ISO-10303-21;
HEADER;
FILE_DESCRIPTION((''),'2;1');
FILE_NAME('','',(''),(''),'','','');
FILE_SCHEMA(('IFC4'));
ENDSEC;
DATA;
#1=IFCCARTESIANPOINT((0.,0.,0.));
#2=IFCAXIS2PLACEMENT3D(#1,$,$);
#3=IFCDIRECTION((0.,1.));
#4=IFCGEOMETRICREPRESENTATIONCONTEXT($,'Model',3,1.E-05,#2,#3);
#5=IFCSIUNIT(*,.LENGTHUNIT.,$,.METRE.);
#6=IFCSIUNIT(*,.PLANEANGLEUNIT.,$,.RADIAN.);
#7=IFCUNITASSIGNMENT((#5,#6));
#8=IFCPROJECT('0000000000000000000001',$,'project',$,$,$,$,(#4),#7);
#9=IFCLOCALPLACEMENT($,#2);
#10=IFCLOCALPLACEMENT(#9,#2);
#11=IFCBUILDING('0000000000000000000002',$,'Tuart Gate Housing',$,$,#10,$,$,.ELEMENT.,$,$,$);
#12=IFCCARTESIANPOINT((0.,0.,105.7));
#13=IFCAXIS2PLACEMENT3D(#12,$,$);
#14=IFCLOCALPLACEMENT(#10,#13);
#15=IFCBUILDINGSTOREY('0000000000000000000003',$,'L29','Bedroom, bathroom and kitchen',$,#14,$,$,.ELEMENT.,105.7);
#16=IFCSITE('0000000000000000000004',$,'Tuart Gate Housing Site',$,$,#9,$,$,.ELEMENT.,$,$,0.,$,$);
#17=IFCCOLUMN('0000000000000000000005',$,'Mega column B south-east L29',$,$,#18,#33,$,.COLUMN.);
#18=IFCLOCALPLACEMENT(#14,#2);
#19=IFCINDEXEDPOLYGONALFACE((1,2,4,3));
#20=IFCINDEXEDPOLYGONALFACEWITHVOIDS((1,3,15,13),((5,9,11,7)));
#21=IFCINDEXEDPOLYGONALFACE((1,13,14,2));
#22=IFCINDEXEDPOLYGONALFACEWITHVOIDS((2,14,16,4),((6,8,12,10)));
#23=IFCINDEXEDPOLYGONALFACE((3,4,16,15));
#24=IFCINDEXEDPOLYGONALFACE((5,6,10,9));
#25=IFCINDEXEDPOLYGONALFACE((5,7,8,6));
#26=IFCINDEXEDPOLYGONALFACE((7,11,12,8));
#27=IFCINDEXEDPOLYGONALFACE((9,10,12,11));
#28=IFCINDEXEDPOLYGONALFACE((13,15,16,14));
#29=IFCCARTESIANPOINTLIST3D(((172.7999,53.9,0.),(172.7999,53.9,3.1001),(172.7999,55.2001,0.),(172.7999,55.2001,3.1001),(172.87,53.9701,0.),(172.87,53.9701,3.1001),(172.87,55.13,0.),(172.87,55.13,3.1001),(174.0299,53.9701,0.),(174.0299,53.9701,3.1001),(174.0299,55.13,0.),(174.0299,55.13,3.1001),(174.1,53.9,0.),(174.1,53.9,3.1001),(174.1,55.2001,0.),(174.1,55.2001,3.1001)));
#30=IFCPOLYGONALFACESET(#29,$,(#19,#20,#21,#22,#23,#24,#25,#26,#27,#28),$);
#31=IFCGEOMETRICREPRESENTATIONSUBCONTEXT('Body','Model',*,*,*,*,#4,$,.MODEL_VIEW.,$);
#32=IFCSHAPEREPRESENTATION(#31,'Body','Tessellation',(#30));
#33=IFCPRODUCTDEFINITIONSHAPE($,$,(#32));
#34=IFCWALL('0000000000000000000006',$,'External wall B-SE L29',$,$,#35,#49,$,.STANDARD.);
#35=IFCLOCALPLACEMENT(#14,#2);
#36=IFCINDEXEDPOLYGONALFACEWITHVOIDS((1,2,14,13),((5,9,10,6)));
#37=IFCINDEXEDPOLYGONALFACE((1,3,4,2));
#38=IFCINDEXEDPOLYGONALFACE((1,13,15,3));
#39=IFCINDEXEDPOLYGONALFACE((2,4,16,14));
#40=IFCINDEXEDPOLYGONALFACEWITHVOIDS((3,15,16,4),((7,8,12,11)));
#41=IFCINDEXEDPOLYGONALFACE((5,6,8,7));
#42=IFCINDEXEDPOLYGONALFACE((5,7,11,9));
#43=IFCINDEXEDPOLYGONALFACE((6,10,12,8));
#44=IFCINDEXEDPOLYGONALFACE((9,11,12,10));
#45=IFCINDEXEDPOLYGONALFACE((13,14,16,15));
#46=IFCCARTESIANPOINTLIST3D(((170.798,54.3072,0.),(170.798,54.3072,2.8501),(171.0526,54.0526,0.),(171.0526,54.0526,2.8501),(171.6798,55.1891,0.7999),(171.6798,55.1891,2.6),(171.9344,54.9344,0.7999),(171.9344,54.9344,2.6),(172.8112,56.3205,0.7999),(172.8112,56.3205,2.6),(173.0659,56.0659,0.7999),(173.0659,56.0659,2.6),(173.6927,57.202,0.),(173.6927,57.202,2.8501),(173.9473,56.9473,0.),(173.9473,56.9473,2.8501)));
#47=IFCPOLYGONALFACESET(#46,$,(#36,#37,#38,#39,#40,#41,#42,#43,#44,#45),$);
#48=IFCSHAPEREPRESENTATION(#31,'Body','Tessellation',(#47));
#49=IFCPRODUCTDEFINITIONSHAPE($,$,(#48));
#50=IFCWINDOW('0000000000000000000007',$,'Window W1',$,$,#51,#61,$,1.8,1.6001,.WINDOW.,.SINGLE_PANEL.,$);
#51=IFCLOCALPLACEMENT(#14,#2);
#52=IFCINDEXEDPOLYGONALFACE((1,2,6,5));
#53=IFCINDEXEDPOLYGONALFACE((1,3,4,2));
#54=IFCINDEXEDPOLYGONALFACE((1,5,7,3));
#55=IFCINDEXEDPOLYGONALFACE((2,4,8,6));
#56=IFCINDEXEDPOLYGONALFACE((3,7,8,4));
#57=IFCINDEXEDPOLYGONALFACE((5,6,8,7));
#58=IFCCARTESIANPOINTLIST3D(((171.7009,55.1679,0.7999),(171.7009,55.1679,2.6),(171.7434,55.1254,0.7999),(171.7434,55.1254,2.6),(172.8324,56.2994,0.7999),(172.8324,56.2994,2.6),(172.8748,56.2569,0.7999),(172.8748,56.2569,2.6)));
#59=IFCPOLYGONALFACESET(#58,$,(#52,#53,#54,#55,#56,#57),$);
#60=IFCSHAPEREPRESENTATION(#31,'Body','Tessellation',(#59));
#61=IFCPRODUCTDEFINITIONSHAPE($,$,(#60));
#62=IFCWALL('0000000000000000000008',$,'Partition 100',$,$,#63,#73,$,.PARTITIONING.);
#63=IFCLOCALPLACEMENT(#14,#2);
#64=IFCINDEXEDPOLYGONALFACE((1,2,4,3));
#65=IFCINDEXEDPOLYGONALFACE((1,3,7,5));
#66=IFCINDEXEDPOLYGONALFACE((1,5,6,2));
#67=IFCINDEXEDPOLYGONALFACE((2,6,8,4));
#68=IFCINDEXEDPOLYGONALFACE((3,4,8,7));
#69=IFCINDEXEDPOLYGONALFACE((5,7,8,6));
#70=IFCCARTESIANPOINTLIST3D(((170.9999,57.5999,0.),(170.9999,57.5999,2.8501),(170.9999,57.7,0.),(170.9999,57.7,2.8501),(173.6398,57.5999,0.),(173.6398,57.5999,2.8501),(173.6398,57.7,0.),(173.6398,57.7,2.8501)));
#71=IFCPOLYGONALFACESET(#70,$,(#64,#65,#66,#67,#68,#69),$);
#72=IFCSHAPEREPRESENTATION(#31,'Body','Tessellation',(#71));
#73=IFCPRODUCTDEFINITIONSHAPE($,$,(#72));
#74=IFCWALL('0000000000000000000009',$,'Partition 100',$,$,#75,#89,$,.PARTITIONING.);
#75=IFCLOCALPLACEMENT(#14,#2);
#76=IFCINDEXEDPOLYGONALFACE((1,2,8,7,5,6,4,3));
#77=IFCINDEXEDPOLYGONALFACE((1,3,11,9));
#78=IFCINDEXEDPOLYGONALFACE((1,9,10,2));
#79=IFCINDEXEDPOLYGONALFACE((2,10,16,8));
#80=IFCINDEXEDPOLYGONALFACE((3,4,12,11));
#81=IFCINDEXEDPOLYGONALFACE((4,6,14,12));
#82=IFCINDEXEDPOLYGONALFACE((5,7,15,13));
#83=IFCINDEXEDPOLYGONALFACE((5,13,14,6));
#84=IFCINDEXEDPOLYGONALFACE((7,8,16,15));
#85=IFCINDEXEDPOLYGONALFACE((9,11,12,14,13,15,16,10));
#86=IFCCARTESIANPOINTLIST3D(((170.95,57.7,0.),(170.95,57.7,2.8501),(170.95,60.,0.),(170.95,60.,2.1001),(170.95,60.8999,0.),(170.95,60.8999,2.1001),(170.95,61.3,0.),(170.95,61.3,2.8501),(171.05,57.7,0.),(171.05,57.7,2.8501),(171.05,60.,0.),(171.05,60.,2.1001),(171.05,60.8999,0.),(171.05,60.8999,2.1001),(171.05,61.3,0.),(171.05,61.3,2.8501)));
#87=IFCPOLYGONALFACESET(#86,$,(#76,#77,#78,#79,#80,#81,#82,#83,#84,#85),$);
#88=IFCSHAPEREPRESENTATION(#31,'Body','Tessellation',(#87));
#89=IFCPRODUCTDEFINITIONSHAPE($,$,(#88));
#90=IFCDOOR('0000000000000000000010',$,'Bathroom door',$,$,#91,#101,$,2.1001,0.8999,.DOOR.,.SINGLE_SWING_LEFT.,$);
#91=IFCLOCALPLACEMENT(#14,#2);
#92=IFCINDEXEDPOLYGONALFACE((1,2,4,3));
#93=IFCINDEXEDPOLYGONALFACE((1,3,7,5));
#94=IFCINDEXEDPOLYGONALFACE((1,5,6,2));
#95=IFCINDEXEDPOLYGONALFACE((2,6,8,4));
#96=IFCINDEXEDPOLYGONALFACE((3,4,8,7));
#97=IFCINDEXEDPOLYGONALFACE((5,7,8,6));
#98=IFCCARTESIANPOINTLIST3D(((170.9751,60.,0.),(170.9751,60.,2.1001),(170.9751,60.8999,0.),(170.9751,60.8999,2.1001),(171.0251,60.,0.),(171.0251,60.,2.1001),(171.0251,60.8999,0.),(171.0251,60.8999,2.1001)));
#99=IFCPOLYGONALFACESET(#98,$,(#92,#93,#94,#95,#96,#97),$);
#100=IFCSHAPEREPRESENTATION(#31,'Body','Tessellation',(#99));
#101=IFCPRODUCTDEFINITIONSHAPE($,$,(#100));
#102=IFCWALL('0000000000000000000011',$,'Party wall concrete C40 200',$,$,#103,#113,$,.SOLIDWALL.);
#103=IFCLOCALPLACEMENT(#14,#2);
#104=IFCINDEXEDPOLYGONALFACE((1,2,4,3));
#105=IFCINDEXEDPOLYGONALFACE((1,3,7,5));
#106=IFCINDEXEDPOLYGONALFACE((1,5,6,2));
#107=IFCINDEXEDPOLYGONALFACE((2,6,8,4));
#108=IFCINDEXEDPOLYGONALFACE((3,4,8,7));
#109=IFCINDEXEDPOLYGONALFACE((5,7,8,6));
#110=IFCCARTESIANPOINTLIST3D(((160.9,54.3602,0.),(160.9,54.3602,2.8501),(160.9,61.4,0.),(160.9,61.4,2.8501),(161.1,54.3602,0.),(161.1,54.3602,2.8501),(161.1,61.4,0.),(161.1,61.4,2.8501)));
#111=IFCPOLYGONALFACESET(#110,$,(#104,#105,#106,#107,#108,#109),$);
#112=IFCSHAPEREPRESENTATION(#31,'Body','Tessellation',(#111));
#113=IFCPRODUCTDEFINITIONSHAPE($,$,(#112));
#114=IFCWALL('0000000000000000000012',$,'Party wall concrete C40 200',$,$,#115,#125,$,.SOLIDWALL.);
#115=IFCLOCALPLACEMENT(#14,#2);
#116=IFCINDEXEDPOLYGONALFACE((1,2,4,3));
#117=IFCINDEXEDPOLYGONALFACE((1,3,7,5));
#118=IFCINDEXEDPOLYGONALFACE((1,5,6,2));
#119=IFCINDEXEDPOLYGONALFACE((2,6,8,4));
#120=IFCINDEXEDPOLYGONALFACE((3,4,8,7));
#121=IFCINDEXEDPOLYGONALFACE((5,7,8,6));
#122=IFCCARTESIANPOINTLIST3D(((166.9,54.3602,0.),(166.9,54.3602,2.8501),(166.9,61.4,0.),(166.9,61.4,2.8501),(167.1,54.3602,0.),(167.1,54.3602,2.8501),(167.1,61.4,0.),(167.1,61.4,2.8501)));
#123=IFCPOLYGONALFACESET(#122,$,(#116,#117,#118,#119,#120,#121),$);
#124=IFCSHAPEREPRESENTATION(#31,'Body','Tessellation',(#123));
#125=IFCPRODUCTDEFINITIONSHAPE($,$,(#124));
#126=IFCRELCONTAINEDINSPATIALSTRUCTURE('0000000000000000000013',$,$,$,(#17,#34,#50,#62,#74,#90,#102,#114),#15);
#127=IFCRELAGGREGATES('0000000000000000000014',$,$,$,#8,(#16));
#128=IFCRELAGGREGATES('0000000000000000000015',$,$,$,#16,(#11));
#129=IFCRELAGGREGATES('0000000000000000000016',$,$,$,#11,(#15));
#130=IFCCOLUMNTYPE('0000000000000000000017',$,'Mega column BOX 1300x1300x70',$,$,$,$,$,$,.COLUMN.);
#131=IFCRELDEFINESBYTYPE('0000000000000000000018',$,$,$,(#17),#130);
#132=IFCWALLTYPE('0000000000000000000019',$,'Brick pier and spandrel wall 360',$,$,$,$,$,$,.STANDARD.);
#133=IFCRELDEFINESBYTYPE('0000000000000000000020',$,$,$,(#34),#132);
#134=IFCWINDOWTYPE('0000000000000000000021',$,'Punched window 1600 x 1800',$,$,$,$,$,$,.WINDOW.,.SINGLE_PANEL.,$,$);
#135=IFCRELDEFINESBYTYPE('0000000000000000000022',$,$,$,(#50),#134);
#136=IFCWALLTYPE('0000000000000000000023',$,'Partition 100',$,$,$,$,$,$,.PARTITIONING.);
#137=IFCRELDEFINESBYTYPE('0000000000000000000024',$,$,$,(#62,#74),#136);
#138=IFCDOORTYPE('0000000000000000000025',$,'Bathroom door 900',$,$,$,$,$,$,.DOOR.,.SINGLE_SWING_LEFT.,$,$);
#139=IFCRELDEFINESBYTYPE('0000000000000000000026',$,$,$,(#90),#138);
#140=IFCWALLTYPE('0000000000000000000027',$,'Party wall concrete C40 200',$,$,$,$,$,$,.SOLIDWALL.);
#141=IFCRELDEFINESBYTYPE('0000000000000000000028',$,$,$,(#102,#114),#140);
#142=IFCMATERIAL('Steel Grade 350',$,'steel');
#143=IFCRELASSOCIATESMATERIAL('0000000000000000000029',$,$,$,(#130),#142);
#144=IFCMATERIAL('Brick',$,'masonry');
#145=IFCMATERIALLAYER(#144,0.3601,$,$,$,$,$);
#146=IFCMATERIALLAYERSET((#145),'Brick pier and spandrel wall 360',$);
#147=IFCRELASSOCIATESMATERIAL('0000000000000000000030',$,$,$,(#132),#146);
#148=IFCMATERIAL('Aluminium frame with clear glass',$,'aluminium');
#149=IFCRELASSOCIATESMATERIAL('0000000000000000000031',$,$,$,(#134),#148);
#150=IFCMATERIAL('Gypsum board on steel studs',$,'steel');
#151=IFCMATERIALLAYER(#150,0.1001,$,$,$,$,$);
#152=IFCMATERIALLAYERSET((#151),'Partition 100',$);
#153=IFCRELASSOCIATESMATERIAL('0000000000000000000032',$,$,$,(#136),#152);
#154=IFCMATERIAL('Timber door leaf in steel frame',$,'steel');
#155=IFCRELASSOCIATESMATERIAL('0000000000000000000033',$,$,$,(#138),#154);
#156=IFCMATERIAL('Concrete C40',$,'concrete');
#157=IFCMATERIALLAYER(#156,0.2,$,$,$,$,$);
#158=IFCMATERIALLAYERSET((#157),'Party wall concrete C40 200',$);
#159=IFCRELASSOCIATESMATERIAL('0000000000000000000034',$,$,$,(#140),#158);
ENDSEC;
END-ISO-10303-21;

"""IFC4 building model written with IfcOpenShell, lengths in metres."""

from ifc_helpers import new_model, si_unit, direction, frame, frame_2d, origin, origin_2d, place, context, subcontext, project, spatial, rectangle, hollow_rectangle, extrude, material, layer, layer_set, material_profile, profile_set, type_object, element, fill, save


model = new_model("IFC4")

# Units and contexts
model_context = context("Model", 3, precision=1e-05, world=origin(), true_north=direction((0.0, 1.0)))
body_context = subcontext(model_context, "Body", "Model", "MODEL_VIEW")
ifc_project = project(units=[si_unit("LENGTHUNIT", "METRE"), si_unit("PLANEANGLEUNIT", "RADIAN")], contexts=[model_context])

# Site, building, storey
site_placement = place(None, origin())
site = spatial("IfcSite", under=ifc_project, at=site_placement, Name="Tuart Gate Housing Site", CompositionType="ELEMENT", RefElevation=0.0)
building_placement = place(site_placement, origin())
building = spatial("IfcBuilding", under=site, at=building_placement, Name="Tuart Gate Housing", CompositionType="ELEMENT")
storey_placement = place(building_placement, frame((0.0, 0.0, 105.7)))
storey = spatial("IfcBuildingStorey", under=building, at=storey_placement, Name="L29", Description="Bedroom, bathroom and kitchen", CompositionType="ELEMENT", Elevation=105.7)

# Column
ifc_material_1 = material(Name="Steel Grade 350", Category="steel")
ifc_material_profile = material_profile(ifc_material_1, hollow_rectangle(XDim=1.3, YDim=1.3, WallThickness=0.0701, at=origin_2d()), Name="BOX 1300x1300x70")
ifc_profile_set = profile_set([ifc_material_profile], Name="Steel Grade 350")
column_type = type_object("IfcColumnType", Name="Mega column BOX 1300x1300x70", PredefinedType="COLUMN", material=ifc_profile_set)
column_placement = place(storey_placement, frame((173.45, 54.55, 0.0), z_axis=(0.0, 0.0, 1.0), x_axis=(1.0, 0.0, 0.0)))
element("IfcColumn", 1, at=column_placement, inside=storey, type_object=column_type, Name="Mega column B south-east L29", PredefinedType="COLUMN", context=body_context, shape_type="SweptSolid", body=[
    extrude(hollow_rectangle(XDim=1.3, YDim=1.3, WallThickness=0.0701, at=origin_2d()), origin(), (0.0, 0.0, 1.0), 3.1001),
])

# Wall, opening, window
ifc_material_2 = material(Name="Brick", Category="masonry")
ifc_layer_1 = layer(ifc_material_2, 0.3601)
ifc_layer_set_1 = layer_set([ifc_layer_1], Name="Brick pier and spandrel wall 360")
wall_type_1 = type_object("IfcWallType", Name="Brick pier and spandrel wall 360", PredefinedType="STANDARD", material=ifc_layer_set_1)
wall_1_placement = place(storey_placement, frame((170.9253, 54.1799, 0.0), z_axis=(0.0, 0.0, 1.0), x_axis=(0.707107, 0.707107, 0.0)))
wall_1 = element("IfcWall", 2, at=wall_1_placement, inside=storey, type_object=wall_type_1, Name="External wall B-SE L29", PredefinedType="STANDARD", context=body_context, shape_type="SweptSolid", body=[
    extrude(rectangle(XDim=4.0938, YDim=0.3601, at=frame_2d((2.0469, 0.0))), origin(), (0.0, 0.0, 1.0), 2.8501),
])
opening_1_placement = place(wall_1_placement, frame((1.2471, 0.0, 0.8)))
opening_1 = element("IfcOpeningElement", 3, at=opening_1_placement, cuts=wall_1, PredefinedType="OPENING", context=body_context, shape_type="SweptSolid", body=[
    extrude(rectangle(XDim=1.6001, YDim=1.8, at=frame_2d((0.8, 0.8999))), frame((0.0, 0.1899, 0.0), z_axis=(0.0, -1.0, 0.0), x_axis=(1.0, 0.0, 0.0)), (0.0, 0.0, 1.0), 0.3801),
])
ifc_material_3 = material(Name="Aluminium frame with clear glass", Category="aluminium")
window_type_1 = type_object("IfcWindowType", Name="Punched window 1600 x 1800", PartitioningType="SINGLE_PANEL", PredefinedType="WINDOW", material=ifc_material_3)
window_1_placement = place(opening_1_placement, origin())
window_1 = element("IfcWindow", 4, at=window_1_placement, inside=storey, type_object=window_type_1, Name="Window W1", OverallHeight=1.8, OverallWidth=1.6001, PartitioningType="SINGLE_PANEL", PredefinedType="WINDOW", context=body_context, shape_type="SweptSolid", body=[
    extrude(rectangle(XDim=1.6001, YDim=1.8, at=frame_2d((0.8, 0.8999))), frame((0.0, 0.1501, 0.0), z_axis=(0.0, -1.0, 0.0), x_axis=(1.0, 0.0, 0.0)), (0.0, 0.0, 1.0), 0.0601),
])
fill(opening_1, window_1)

# Wall
ifc_material_4 = material(Name="Gypsum board on steel studs", Category="steel")
ifc_layer_2 = layer(ifc_material_4, 0.1001)
ifc_layer_set_2 = layer_set([ifc_layer_2], Name="Partition 100")
wall_type_2 = type_object("IfcWallType", Name="Partition 100", PredefinedType="PARTITIONING", material=ifc_layer_set_2)
wall_2_placement = place(storey_placement, frame((171.0, 57.6499, 0.0), z_axis=(0.0, 0.0, 1.0), x_axis=(1.0, 0.0, 0.0)))
element("IfcWall", 5, at=wall_2_placement, inside=storey, type_object=wall_type_2, Name="Partition 100", PredefinedType="PARTITIONING", context=body_context, shape_type="SweptSolid", body=[
    extrude(rectangle(XDim=2.6399, YDim=0.1001, at=frame_2d((1.3198, 0.0))), origin(), (0.0, 0.0, 1.0), 2.8501),
])

# Wall, opening, door
wall_3_placement = place(storey_placement, frame((171.0, 57.7, 0.0), z_axis=(0.0, 0.0, 1.0), x_axis=(0.0, 1.0, 0.0)))
wall_3 = element("IfcWall", 6, at=wall_3_placement, inside=storey, type_object=wall_type_2, Name="Partition 100", PredefinedType="PARTITIONING", context=body_context, shape_type="SweptSolid", body=[
    extrude(rectangle(XDim=3.6001, YDim=0.1001, at=frame_2d((1.8, 0.0))), origin(), (0.0, 0.0, 1.0), 2.8501),
])
opening_2_placement = place(wall_3_placement, frame((2.3, 0.0, 0.0)))
opening_2 = element("IfcOpeningElement", 7, at=opening_2_placement, cuts=wall_3, PredefinedType="OPENING", context=body_context, shape_type="SweptSolid", body=[
    extrude(rectangle(XDim=0.8999, YDim=2.1001, at=frame_2d((0.45, 1.05))), frame((0.0, 0.0601, 0.0), z_axis=(0.0, -1.0, 0.0), x_axis=(1.0, 0.0, 0.0)), (0.0, 0.0, 1.0), 0.1201),
])
ifc_material_5 = material(Name="Timber door leaf in steel frame", Category="steel")
door_type = type_object("IfcDoorType", Name="Bathroom door 900", OperationType="SINGLE_SWING_LEFT", PredefinedType="DOOR", material=ifc_material_5)
door_placement = place(opening_2_placement, frame((0.8999, 0.0, 0.0), z_axis=(0.0, 0.0, 1.0), x_axis=(-1.0, 0.0, 0.0)))
door = element("IfcDoor", 8, at=door_placement, inside=storey, type_object=door_type, Name="Bathroom door", OperationType="SINGLE_SWING_LEFT", OverallHeight=2.1001, OverallWidth=0.8999, PredefinedType="DOOR", context=body_context, shape_type="SweptSolid", body=[
    extrude(rectangle(XDim=0.8999, YDim=2.1001, at=frame_2d((0.45, 1.05))), frame((0.0, 0.0251, 0.0), z_axis=(0.0, -1.0, 0.0), x_axis=(1.0, 0.0, 0.0)), (0.0, 0.0, 1.0), 0.05),
])
fill(opening_2, door)

# Walls
ifc_material_6 = material(Name="Concrete C40", Category="concrete")
ifc_layer_3 = layer(ifc_material_6, 0.2)
ifc_layer_set_3 = layer_set([ifc_layer_3], Name="Party wall concrete C40 200")
wall_type_3 = type_object("IfcWallType", Name="Party wall concrete C40 200", PredefinedType="SOLIDWALL", material=ifc_layer_set_3)
for number, where, z_axis, x_axis, name in (
    (9, (161.0, 54.3601, 0.0), (0.0, 0.0, 1.0), (0.0, 1.0, 0.0), "Party wall concrete C40 200"),
    (10, (167.0, 54.3601, 0.0), (0.0, 0.0, 1.0), (0.0, 1.0, 0.0), "Party wall concrete C40 200"),
):
    element("IfcWall", number, at=place(storey_placement, frame(where, z_axis=z_axis, x_axis=x_axis)), inside=storey, type_object=wall_type_3, Name=name, PredefinedType="SOLIDWALL", context=body_context, shape_type="SweptSolid", body=[
        extrude(rectangle(XDim=7.0398, YDim=0.2, at=frame_2d((3.52, 0.0))), origin(), (0.0, 0.0, 1.0), 2.8501),
    ])

save(model, "model.ifc")
